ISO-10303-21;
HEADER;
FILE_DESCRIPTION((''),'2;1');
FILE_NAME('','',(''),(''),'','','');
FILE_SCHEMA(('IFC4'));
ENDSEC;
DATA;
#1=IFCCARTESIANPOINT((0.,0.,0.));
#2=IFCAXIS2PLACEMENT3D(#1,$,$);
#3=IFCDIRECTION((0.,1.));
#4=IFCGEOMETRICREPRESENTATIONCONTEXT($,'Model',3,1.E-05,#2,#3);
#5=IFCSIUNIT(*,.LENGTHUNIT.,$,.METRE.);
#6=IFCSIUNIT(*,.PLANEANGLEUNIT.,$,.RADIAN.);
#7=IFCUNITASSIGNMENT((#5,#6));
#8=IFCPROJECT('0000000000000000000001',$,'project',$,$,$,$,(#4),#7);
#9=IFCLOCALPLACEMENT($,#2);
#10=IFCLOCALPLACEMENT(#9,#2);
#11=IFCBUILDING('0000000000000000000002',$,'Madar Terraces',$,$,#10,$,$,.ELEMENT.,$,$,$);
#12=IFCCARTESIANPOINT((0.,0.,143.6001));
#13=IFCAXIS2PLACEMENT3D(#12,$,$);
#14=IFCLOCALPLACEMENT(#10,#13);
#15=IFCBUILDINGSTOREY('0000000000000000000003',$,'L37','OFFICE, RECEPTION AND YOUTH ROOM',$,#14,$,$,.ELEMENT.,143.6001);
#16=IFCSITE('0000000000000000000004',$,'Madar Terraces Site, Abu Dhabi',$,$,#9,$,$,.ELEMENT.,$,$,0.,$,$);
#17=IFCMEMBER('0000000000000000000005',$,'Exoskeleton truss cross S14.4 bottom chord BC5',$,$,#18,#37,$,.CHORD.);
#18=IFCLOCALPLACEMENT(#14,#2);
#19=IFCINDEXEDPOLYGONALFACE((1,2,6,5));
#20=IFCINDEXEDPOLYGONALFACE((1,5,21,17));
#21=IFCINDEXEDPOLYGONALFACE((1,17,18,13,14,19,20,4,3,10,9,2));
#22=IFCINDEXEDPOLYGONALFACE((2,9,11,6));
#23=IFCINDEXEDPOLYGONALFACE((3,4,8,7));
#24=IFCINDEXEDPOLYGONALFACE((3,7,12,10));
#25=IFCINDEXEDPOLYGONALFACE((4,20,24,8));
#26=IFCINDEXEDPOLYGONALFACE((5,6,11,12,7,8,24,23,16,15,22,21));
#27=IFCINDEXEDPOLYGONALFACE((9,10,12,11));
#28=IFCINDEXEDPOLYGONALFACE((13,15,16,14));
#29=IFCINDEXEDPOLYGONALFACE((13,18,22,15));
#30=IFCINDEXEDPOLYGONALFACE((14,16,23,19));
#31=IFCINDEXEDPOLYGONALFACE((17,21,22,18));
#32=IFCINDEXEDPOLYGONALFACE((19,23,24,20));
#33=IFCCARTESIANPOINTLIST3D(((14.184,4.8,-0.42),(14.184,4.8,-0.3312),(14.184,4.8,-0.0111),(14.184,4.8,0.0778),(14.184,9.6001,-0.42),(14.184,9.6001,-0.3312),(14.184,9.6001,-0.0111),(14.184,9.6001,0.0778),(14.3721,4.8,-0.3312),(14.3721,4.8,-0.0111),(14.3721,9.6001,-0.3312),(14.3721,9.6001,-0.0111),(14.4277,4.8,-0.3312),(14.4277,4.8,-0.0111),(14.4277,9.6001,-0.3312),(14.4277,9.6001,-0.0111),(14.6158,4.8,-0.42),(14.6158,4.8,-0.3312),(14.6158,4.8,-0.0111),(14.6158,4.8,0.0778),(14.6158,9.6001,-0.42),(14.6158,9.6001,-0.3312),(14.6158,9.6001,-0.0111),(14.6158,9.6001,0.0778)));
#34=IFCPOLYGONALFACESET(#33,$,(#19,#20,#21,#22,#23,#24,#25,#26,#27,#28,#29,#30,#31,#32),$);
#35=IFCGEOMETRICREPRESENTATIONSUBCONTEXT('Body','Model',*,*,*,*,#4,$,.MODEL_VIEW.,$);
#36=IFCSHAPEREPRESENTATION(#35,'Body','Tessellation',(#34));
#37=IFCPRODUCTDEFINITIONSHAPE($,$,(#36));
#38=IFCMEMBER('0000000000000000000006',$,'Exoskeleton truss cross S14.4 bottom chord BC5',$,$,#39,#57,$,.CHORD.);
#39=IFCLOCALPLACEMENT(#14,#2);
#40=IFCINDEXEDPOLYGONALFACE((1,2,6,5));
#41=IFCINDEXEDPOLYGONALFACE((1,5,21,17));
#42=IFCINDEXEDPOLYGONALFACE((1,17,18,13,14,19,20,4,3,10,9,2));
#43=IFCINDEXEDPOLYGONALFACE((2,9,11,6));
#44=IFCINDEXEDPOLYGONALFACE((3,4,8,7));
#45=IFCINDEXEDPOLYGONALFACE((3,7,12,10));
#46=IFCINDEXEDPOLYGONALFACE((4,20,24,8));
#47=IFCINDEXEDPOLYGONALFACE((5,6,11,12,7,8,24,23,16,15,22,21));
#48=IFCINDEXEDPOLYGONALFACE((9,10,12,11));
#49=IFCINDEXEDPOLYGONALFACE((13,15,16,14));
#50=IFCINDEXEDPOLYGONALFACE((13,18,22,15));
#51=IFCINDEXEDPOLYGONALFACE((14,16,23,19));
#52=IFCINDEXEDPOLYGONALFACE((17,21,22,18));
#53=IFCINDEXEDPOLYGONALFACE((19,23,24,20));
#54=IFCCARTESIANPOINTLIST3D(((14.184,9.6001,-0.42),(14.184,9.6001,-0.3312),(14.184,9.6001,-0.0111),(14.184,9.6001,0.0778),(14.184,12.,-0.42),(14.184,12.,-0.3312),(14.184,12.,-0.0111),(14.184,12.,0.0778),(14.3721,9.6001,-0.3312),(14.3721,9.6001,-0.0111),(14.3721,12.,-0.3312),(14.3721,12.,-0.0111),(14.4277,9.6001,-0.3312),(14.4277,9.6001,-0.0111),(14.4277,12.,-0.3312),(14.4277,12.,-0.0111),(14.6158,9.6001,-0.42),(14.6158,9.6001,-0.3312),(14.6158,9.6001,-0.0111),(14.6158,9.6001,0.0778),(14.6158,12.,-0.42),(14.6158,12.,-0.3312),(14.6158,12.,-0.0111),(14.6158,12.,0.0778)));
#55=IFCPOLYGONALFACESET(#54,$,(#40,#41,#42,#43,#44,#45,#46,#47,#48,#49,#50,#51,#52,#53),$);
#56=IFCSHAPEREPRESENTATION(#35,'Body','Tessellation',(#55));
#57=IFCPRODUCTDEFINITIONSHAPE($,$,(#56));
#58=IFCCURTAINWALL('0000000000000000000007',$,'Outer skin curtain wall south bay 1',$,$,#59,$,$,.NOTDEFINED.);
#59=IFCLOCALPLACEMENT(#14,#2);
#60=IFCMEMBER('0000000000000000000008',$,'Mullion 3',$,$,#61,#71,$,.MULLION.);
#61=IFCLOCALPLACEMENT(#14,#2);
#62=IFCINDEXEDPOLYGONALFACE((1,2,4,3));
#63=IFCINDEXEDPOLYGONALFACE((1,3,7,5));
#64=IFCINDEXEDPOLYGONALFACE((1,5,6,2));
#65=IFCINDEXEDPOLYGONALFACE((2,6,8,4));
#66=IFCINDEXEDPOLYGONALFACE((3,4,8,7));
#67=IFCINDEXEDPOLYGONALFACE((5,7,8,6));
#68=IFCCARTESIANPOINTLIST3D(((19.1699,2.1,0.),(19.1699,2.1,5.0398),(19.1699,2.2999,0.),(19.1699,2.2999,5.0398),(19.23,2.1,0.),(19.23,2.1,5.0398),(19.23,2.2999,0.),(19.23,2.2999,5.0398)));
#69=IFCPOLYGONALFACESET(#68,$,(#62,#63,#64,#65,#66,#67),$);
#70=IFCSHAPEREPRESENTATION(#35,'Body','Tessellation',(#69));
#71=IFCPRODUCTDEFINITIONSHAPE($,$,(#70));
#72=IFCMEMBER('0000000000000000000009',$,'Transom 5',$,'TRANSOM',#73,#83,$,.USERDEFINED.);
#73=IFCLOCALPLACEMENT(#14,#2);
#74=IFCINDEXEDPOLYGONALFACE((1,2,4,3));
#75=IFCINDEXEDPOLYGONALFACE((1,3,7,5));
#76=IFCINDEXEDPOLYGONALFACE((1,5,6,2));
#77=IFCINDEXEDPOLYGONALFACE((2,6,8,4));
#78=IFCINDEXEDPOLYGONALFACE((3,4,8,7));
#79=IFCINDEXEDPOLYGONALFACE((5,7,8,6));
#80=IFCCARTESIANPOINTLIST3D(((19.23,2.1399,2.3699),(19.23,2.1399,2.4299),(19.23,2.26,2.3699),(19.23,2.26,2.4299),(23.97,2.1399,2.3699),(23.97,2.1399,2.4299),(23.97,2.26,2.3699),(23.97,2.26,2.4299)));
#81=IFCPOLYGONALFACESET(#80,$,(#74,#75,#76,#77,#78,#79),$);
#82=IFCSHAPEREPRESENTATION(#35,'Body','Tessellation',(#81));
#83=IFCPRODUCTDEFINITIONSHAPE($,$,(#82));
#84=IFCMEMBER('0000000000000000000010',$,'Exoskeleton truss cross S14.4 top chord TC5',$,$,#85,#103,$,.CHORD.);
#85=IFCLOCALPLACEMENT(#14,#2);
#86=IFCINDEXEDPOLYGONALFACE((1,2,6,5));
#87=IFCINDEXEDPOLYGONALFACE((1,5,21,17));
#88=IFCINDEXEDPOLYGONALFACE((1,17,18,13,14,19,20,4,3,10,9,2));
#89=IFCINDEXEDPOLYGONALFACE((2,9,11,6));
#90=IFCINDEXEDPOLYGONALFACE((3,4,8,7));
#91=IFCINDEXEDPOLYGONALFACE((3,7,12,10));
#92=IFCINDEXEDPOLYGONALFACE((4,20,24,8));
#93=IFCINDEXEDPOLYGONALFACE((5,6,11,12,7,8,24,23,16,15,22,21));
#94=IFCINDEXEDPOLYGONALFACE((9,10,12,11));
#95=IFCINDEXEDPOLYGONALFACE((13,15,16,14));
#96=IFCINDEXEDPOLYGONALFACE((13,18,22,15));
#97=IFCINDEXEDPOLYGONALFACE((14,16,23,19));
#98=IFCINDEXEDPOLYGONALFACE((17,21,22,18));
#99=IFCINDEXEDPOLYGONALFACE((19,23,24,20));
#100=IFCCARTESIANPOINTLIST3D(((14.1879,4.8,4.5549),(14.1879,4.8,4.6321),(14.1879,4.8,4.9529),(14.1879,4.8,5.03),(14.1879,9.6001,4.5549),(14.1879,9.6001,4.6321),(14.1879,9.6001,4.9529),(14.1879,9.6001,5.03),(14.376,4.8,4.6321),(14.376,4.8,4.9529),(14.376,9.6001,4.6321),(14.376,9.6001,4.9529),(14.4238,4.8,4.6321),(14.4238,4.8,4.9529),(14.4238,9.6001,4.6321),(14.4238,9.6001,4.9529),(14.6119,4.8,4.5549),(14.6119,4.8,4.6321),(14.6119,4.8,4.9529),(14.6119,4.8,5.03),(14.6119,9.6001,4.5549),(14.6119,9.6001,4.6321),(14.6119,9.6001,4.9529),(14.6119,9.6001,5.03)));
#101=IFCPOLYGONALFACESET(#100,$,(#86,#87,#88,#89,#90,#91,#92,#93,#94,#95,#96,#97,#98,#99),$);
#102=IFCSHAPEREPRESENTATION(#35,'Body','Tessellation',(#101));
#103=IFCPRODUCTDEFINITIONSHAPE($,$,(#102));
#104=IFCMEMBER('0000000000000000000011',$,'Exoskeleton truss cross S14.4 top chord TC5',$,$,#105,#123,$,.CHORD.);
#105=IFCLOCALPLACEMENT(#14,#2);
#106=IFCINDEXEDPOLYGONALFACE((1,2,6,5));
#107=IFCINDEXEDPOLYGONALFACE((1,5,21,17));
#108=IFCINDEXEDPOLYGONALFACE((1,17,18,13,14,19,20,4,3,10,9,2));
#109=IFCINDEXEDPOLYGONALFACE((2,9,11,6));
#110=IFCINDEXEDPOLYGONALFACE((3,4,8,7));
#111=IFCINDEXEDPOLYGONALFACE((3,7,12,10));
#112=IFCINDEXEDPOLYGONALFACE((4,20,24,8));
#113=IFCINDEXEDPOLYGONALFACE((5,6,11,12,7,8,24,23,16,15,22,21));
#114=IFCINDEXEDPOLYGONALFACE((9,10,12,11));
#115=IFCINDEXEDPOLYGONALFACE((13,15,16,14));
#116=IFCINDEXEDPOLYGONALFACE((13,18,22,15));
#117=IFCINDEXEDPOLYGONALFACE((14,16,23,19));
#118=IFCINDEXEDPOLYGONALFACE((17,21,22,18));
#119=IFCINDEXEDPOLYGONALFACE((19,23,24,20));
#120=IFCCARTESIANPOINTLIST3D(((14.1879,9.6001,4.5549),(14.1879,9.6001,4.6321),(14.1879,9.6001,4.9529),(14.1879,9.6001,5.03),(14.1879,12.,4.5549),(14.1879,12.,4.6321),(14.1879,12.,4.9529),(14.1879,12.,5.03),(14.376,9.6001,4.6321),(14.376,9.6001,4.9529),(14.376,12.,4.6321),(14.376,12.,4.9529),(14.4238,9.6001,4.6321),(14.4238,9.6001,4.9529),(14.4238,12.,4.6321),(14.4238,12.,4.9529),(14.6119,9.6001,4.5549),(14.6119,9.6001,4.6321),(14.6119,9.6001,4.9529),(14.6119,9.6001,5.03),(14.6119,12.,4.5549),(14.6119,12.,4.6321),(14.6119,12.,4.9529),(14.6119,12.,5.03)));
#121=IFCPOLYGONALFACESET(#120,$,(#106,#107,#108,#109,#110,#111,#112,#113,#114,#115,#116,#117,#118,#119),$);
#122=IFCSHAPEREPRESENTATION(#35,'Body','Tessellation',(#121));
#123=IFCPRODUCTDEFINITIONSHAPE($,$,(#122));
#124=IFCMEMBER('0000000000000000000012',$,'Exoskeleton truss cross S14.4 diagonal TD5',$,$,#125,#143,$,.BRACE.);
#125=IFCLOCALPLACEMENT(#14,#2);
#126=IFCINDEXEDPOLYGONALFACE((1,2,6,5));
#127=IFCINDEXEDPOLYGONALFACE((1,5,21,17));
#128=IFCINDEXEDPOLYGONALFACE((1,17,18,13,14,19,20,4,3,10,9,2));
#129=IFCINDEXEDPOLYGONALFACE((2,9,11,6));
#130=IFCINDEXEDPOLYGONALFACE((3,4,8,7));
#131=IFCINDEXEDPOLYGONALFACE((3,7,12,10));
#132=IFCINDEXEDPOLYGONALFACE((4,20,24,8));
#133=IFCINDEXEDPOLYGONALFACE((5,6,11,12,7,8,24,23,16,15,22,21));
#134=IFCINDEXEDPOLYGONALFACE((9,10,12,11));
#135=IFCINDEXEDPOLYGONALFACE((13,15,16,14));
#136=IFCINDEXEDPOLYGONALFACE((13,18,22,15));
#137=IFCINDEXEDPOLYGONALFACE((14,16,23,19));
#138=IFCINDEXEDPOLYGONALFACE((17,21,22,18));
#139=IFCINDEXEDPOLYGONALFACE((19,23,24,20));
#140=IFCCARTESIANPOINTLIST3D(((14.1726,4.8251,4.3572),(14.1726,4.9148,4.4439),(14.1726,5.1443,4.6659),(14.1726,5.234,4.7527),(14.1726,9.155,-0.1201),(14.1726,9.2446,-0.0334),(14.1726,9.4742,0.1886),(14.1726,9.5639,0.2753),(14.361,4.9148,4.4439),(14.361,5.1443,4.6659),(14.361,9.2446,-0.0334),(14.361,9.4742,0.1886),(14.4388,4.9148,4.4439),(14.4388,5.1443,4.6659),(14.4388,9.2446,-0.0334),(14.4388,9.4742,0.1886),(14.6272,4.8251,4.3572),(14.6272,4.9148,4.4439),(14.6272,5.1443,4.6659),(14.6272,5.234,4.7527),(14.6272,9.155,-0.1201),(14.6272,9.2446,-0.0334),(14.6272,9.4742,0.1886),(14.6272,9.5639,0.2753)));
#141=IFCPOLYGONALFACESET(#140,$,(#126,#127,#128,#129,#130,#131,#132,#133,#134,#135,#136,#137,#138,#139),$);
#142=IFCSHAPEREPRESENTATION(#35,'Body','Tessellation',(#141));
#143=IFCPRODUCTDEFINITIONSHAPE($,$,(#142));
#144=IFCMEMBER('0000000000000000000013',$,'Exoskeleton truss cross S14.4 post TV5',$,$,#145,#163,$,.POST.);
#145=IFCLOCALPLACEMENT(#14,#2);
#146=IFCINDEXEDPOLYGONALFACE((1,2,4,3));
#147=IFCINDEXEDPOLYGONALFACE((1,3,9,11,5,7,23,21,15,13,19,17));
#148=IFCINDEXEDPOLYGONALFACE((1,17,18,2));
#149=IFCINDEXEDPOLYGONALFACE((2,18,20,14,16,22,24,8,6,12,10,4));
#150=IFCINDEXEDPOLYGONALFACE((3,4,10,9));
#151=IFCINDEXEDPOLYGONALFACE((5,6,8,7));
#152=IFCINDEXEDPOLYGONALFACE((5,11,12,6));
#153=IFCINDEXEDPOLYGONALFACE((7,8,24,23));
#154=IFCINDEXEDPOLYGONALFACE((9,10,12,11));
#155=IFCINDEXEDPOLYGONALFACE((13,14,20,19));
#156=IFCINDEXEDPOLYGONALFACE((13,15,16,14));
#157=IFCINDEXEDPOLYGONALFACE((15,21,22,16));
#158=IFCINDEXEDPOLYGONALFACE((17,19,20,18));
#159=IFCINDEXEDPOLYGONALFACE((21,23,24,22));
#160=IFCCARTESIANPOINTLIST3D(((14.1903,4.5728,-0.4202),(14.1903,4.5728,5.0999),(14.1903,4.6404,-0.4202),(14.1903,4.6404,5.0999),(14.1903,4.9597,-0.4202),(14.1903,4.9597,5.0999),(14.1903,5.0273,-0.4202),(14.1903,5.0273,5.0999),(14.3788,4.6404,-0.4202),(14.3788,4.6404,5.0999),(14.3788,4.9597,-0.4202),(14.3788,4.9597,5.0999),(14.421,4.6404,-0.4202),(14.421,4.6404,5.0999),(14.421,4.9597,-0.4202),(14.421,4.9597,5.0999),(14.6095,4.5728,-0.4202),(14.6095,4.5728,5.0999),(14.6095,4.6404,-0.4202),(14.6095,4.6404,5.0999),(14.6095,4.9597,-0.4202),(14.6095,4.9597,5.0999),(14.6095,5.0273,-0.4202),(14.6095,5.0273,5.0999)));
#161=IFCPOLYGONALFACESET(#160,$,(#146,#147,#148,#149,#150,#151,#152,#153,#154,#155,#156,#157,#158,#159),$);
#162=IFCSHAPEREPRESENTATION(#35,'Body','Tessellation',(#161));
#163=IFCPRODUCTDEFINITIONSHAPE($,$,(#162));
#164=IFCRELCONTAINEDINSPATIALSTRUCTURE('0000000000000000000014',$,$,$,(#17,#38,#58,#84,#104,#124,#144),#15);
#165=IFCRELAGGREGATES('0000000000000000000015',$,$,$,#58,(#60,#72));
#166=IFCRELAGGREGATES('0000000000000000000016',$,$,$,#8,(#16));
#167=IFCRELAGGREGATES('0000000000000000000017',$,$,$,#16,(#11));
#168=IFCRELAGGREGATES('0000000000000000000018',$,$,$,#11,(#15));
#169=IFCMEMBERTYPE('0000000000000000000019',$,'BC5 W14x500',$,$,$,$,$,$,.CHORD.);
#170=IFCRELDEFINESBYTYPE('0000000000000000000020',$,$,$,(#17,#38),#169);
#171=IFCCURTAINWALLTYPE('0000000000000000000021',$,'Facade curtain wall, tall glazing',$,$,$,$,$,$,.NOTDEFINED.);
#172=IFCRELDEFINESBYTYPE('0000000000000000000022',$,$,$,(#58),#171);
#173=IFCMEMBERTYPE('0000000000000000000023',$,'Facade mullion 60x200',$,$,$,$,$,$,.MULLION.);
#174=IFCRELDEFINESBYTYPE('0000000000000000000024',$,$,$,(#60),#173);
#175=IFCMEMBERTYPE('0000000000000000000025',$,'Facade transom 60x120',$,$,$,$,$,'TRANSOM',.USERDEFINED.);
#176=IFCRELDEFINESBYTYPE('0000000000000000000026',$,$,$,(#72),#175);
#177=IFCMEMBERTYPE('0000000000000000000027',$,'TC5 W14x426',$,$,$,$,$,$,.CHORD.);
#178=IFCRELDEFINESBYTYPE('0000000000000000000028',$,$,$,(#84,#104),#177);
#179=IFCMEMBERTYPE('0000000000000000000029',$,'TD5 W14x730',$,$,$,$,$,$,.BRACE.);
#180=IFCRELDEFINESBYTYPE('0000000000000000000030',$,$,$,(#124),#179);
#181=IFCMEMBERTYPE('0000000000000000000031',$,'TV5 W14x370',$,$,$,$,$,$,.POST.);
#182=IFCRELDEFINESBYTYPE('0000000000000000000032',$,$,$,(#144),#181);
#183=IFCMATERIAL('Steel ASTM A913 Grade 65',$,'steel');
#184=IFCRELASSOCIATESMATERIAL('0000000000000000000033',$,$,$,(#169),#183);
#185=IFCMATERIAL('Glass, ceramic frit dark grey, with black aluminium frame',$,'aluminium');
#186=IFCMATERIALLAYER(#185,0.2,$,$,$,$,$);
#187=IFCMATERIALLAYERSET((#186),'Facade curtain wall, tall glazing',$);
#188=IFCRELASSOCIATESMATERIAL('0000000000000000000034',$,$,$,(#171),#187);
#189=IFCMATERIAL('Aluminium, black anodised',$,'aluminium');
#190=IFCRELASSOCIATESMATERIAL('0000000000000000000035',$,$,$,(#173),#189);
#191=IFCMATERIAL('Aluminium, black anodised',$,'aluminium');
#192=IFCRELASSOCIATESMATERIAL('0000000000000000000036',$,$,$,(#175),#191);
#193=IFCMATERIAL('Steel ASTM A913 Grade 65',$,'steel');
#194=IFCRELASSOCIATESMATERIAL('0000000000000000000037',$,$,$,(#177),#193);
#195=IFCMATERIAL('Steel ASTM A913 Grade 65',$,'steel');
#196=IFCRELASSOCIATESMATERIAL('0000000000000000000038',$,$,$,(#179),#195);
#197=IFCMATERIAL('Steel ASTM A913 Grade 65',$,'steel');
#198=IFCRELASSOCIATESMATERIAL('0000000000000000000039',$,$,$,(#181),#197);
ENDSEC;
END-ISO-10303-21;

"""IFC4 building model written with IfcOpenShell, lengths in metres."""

from ifc_helpers import new_model, si_unit, direction, frame, origin, origin_2d, place, context, subcontext, project, spatial, rectangle, i_section, extrude, material, layer, layer_set, material_profile, profile_set, type_object, element, aggregate, save


model = new_model("IFC4")

# Units and contexts
model_context = context("Model", 3, precision=1e-05, world=origin(), true_north=direction((0.0, 1.0)))
body_context = subcontext(model_context, "Body", "Model", "MODEL_VIEW")
ifc_project = project(units=[si_unit("LENGTHUNIT", "METRE"), si_unit("PLANEANGLEUNIT", "RADIAN")], contexts=[model_context])

# Site, building, storey
site_placement = place(None, origin())
site = spatial("IfcSite", under=ifc_project, at=site_placement, Name="Madar Terraces Site, Abu Dhabi", CompositionType="ELEMENT", RefElevation=0.0)
building_placement = place(site_placement, origin())
building = spatial("IfcBuilding", under=site, at=building_placement, Name="Madar Terraces", CompositionType="ELEMENT")
storey_placement = place(building_placement, frame((0.0, 0.0, 143.6001)))
storey = spatial("IfcBuildingStorey", under=building, at=storey_placement, Name="L37", Description="OFFICE, RECEPTION AND YOUTH ROOM", CompositionType="ELEMENT", Elevation=143.6001)

# Members
ifc_material_1 = material(Name="Steel ASTM A913 Grade 65", Category="steel")
ifc_material_profile_1 = material_profile(ifc_material_1, i_section(OverallWidth=0.4319, OverallDepth=0.4978, WebThickness=0.0557, FlangeThickness=0.0889, at=origin_2d()), Name="W14x500")
ifc_profile_set_1 = profile_set([ifc_material_profile_1], Name="Steel ASTM A913 Grade 65")
member_type_1 = type_object("IfcMemberType", Name="BC5 W14x500", PredefinedType="CHORD", material=ifc_profile_set_1)
member_1_placement = place(storey_placement, frame((14.3999, 4.8, -0.1711), z_axis=(0.0, 1.0, 0.0), x_axis=(-1.0, 0.0, 0.0)))
element("IfcMember", 1, at=member_1_placement, inside=storey, type_object=member_type_1, Name="Exoskeleton truss cross S14.4 bottom chord BC5", PredefinedType="CHORD", context=body_context, shape_type="SweptSolid", body=[
    extrude(i_section(OverallWidth=0.4319, OverallDepth=0.4978, WebThickness=0.0557, FlangeThickness=0.0889, at=origin_2d()), origin(), (0.0, 0.0, 1.0), 4.8),
])
member_2_placement = place(storey_placement, frame((14.3999, 9.6001, -0.1711), z_axis=(0.0, 1.0, 0.0), x_axis=(-1.0, 0.0, 0.0)))
element("IfcMember", 2, at=member_2_placement, inside=storey, type_object=member_type_1, Name="Exoskeleton truss cross S14.4 bottom chord BC5", PredefinedType="CHORD", context=body_context, shape_type="SweptSolid", body=[
    extrude(i_section(OverallWidth=0.4319, OverallDepth=0.4978, WebThickness=0.0557, FlangeThickness=0.0889, at=origin_2d()), origin(), (0.0, 0.0, 1.0), 2.3999),
])

# Curtain wall, members
ifc_material_2 = material(Name="Glass, ceramic frit dark grey, with black aluminium frame", Category="aluminium")
ifc_layer_1 = layer(ifc_material_2, 0.2)
ifc_layer_set_1 = layer_set([ifc_layer_1], Name="Facade curtain wall, tall glazing")
curtain_wall_type = type_object("IfcCurtainWallType", Name="Facade curtain wall, tall glazing", PredefinedType="NOTDEFINED", material=ifc_layer_set_1)
curtain_wall_placement = place(storey_placement, origin())
curtain_wall = element("IfcCurtainWall", 3, at=curtain_wall_placement, inside=storey, type_object=curtain_wall_type, Name="Outer skin curtain wall south bay 1", PredefinedType="NOTDEFINED")
ifc_material_3 = material(Name="Aluminium, black anodised", Category="aluminium")
ifc_material_profile_2 = material_profile(ifc_material_3, rectangle(XDim=0.2, YDim=0.0601, at=origin_2d()), Name="Facade mullion 60x200")
ifc_profile_set_2 = profile_set([ifc_material_profile_2], Name="Aluminium, black anodised")
member_type_2 = type_object("IfcMemberType", Name="Facade mullion 60x200", PredefinedType="MULLION", material=ifc_profile_set_2)
member_3_placement = place(storey_placement, frame((19.2, 2.2, 0.0), z_axis=(0.0, 0.0, 1.0), x_axis=(0.0, 1.0, 0.0)))
member_3 = element("IfcMember", 4, at=member_3_placement, type_object=member_type_2, Name="Mullion 3", PredefinedType="MULLION", context=body_context, shape_type="SweptSolid", body=[
    extrude(rectangle(XDim=0.2, YDim=0.0601, at=origin_2d()), origin(), (0.0, 0.0, 1.0), 5.0398),
])
ifc_material_4 = material(Name="Aluminium, black anodised", Category="aluminium")
ifc_material_profile_3 = material_profile(ifc_material_4, rectangle(XDim=0.1201, YDim=0.0601, at=origin_2d()), Name="Facade transom 60x120")
ifc_profile_set_3 = profile_set([ifc_material_profile_3], Name="Aluminium, black anodised")
member_type_3 = type_object("IfcMemberType", Name="Facade transom 60x120", ElementType="TRANSOM", PredefinedType="USERDEFINED", material=ifc_profile_set_3)
member_4_placement = place(storey_placement, frame((19.23, 2.2, 2.3999), z_axis=(1.0, 0.0, 0.0), x_axis=(0.0, 1.0, 0.0)))
member_4 = element("IfcMember", 5, at=member_4_placement, type_object=member_type_3, Name="Transom 5", ObjectType="TRANSOM", PredefinedType="USERDEFINED", context=body_context, shape_type="SweptSolid", body=[
    extrude(rectangle(XDim=0.1201, YDim=0.0601, at=origin_2d()), origin(), (0.0, 0.0, 1.0), 4.74),
])
aggregate(curtain_wall, [member_3, member_4])

# Members
ifc_material_5 = material(Name="Steel ASTM A913 Grade 65", Category="steel")
ifc_material_profile_4 = material_profile(ifc_material_5, i_section(OverallWidth=0.4241, OverallDepth=0.4751, WebThickness=0.0479, FlangeThickness=0.0771, at=origin_2d()), Name="W14x426")
ifc_profile_set_4 = profile_set([ifc_material_profile_4], Name="Steel ASTM A913 Grade 65")
member_type_4 = type_object("IfcMemberType", Name="TC5 W14x426", PredefinedType="CHORD", material=ifc_profile_set_4)
member_5_placement = place(storey_placement, frame((14.3999, 4.8, 4.7925), z_axis=(0.0, 1.0, 0.0), x_axis=(-1.0, 0.0, 0.0)))
element("IfcMember", 6, at=member_5_placement, inside=storey, type_object=member_type_4, Name="Exoskeleton truss cross S14.4 top chord TC5", PredefinedType="CHORD", context=body_context, shape_type="SweptSolid", body=[
    extrude(i_section(OverallWidth=0.4241, OverallDepth=0.4751, WebThickness=0.0479, FlangeThickness=0.0771, at=origin_2d()), origin(), (0.0, 0.0, 1.0), 4.8),
])
member_6_placement = place(storey_placement, frame((14.3999, 9.6001, 4.7925), z_axis=(0.0, 1.0, 0.0), x_axis=(-1.0, 0.0, 0.0)))
element("IfcMember", 7, at=member_6_placement, inside=storey, type_object=member_type_4, Name="Exoskeleton truss cross S14.4 top chord TC5", PredefinedType="CHORD", context=body_context, shape_type="SweptSolid", body=[
    extrude(i_section(OverallWidth=0.4241, OverallDepth=0.4751, WebThickness=0.0479, FlangeThickness=0.0771, at=origin_2d()), origin(), (0.0, 0.0, 1.0), 2.3999),
])
ifc_material_6 = material(Name="Steel ASTM A913 Grade 65", Category="steel")
ifc_material_profile_5 = material_profile(ifc_material_6, i_section(OverallWidth=0.4546, OverallDepth=0.5688, WebThickness=0.0779, FlangeThickness=0.1248, at=origin_2d()), Name="W14x730")
ifc_profile_set_5 = profile_set([ifc_material_profile_5], Name="Steel ASTM A913 Grade 65")
member_type_5 = type_object("IfcMemberType", Name="TD5 W14x730", PredefinedType="BRACE", material=ifc_profile_set_5)
member_7_placement = place(storey_placement, frame((14.3999, 5.0295, 4.5549), z_axis=(0.0, 0.69517, -0.718845), x_axis=(-1.0, 0.0, 0.0)))
element("IfcMember", 8, at=member_7_placement, inside=storey, type_object=member_type_5, Name="Exoskeleton truss cross S14.4 diagonal TD5", PredefinedType="BRACE", context=body_context, shape_type="SweptSolid", body=[
    extrude(i_section(OverallWidth=0.4546, OverallDepth=0.5688, WebThickness=0.0779, FlangeThickness=0.1248, at=origin_2d()), origin(), (0.0, 0.0, 1.0), 6.2285),
])
ifc_material_7 = material(Name="Steel ASTM A913 Grade 65", Category="steel")
ifc_material_profile_6 = material_profile(ifc_material_7, i_section(OverallWidth=0.4192, OverallDepth=0.4546, WebThickness=0.0422, FlangeThickness=0.0676, at=origin_2d()), Name="W14x370")
ifc_profile_set_6 = profile_set([ifc_material_profile_6], Name="Steel ASTM A913 Grade 65")
member_type_6 = type_object("IfcMemberType", Name="TV5 W14x370", PredefinedType="POST", material=ifc_profile_set_6)
member_8_placement = place(storey_placement, frame((14.3999, 4.8, -0.4202), z_axis=(0.0, 0.0, 1.0), x_axis=(-1.0, 0.0, 0.0)))
element("IfcMember", 9, at=member_8_placement, inside=storey, type_object=member_type_6, Name="Exoskeleton truss cross S14.4 post TV5", PredefinedType="POST", context=body_context, shape_type="SweptSolid", body=[
    extrude(i_section(OverallWidth=0.4192, OverallDepth=0.4546, WebThickness=0.0422, FlangeThickness=0.0676, at=origin_2d()), origin(), (0.0, 0.0, 1.0), 5.52),
])

save(model, "model.ifc")
